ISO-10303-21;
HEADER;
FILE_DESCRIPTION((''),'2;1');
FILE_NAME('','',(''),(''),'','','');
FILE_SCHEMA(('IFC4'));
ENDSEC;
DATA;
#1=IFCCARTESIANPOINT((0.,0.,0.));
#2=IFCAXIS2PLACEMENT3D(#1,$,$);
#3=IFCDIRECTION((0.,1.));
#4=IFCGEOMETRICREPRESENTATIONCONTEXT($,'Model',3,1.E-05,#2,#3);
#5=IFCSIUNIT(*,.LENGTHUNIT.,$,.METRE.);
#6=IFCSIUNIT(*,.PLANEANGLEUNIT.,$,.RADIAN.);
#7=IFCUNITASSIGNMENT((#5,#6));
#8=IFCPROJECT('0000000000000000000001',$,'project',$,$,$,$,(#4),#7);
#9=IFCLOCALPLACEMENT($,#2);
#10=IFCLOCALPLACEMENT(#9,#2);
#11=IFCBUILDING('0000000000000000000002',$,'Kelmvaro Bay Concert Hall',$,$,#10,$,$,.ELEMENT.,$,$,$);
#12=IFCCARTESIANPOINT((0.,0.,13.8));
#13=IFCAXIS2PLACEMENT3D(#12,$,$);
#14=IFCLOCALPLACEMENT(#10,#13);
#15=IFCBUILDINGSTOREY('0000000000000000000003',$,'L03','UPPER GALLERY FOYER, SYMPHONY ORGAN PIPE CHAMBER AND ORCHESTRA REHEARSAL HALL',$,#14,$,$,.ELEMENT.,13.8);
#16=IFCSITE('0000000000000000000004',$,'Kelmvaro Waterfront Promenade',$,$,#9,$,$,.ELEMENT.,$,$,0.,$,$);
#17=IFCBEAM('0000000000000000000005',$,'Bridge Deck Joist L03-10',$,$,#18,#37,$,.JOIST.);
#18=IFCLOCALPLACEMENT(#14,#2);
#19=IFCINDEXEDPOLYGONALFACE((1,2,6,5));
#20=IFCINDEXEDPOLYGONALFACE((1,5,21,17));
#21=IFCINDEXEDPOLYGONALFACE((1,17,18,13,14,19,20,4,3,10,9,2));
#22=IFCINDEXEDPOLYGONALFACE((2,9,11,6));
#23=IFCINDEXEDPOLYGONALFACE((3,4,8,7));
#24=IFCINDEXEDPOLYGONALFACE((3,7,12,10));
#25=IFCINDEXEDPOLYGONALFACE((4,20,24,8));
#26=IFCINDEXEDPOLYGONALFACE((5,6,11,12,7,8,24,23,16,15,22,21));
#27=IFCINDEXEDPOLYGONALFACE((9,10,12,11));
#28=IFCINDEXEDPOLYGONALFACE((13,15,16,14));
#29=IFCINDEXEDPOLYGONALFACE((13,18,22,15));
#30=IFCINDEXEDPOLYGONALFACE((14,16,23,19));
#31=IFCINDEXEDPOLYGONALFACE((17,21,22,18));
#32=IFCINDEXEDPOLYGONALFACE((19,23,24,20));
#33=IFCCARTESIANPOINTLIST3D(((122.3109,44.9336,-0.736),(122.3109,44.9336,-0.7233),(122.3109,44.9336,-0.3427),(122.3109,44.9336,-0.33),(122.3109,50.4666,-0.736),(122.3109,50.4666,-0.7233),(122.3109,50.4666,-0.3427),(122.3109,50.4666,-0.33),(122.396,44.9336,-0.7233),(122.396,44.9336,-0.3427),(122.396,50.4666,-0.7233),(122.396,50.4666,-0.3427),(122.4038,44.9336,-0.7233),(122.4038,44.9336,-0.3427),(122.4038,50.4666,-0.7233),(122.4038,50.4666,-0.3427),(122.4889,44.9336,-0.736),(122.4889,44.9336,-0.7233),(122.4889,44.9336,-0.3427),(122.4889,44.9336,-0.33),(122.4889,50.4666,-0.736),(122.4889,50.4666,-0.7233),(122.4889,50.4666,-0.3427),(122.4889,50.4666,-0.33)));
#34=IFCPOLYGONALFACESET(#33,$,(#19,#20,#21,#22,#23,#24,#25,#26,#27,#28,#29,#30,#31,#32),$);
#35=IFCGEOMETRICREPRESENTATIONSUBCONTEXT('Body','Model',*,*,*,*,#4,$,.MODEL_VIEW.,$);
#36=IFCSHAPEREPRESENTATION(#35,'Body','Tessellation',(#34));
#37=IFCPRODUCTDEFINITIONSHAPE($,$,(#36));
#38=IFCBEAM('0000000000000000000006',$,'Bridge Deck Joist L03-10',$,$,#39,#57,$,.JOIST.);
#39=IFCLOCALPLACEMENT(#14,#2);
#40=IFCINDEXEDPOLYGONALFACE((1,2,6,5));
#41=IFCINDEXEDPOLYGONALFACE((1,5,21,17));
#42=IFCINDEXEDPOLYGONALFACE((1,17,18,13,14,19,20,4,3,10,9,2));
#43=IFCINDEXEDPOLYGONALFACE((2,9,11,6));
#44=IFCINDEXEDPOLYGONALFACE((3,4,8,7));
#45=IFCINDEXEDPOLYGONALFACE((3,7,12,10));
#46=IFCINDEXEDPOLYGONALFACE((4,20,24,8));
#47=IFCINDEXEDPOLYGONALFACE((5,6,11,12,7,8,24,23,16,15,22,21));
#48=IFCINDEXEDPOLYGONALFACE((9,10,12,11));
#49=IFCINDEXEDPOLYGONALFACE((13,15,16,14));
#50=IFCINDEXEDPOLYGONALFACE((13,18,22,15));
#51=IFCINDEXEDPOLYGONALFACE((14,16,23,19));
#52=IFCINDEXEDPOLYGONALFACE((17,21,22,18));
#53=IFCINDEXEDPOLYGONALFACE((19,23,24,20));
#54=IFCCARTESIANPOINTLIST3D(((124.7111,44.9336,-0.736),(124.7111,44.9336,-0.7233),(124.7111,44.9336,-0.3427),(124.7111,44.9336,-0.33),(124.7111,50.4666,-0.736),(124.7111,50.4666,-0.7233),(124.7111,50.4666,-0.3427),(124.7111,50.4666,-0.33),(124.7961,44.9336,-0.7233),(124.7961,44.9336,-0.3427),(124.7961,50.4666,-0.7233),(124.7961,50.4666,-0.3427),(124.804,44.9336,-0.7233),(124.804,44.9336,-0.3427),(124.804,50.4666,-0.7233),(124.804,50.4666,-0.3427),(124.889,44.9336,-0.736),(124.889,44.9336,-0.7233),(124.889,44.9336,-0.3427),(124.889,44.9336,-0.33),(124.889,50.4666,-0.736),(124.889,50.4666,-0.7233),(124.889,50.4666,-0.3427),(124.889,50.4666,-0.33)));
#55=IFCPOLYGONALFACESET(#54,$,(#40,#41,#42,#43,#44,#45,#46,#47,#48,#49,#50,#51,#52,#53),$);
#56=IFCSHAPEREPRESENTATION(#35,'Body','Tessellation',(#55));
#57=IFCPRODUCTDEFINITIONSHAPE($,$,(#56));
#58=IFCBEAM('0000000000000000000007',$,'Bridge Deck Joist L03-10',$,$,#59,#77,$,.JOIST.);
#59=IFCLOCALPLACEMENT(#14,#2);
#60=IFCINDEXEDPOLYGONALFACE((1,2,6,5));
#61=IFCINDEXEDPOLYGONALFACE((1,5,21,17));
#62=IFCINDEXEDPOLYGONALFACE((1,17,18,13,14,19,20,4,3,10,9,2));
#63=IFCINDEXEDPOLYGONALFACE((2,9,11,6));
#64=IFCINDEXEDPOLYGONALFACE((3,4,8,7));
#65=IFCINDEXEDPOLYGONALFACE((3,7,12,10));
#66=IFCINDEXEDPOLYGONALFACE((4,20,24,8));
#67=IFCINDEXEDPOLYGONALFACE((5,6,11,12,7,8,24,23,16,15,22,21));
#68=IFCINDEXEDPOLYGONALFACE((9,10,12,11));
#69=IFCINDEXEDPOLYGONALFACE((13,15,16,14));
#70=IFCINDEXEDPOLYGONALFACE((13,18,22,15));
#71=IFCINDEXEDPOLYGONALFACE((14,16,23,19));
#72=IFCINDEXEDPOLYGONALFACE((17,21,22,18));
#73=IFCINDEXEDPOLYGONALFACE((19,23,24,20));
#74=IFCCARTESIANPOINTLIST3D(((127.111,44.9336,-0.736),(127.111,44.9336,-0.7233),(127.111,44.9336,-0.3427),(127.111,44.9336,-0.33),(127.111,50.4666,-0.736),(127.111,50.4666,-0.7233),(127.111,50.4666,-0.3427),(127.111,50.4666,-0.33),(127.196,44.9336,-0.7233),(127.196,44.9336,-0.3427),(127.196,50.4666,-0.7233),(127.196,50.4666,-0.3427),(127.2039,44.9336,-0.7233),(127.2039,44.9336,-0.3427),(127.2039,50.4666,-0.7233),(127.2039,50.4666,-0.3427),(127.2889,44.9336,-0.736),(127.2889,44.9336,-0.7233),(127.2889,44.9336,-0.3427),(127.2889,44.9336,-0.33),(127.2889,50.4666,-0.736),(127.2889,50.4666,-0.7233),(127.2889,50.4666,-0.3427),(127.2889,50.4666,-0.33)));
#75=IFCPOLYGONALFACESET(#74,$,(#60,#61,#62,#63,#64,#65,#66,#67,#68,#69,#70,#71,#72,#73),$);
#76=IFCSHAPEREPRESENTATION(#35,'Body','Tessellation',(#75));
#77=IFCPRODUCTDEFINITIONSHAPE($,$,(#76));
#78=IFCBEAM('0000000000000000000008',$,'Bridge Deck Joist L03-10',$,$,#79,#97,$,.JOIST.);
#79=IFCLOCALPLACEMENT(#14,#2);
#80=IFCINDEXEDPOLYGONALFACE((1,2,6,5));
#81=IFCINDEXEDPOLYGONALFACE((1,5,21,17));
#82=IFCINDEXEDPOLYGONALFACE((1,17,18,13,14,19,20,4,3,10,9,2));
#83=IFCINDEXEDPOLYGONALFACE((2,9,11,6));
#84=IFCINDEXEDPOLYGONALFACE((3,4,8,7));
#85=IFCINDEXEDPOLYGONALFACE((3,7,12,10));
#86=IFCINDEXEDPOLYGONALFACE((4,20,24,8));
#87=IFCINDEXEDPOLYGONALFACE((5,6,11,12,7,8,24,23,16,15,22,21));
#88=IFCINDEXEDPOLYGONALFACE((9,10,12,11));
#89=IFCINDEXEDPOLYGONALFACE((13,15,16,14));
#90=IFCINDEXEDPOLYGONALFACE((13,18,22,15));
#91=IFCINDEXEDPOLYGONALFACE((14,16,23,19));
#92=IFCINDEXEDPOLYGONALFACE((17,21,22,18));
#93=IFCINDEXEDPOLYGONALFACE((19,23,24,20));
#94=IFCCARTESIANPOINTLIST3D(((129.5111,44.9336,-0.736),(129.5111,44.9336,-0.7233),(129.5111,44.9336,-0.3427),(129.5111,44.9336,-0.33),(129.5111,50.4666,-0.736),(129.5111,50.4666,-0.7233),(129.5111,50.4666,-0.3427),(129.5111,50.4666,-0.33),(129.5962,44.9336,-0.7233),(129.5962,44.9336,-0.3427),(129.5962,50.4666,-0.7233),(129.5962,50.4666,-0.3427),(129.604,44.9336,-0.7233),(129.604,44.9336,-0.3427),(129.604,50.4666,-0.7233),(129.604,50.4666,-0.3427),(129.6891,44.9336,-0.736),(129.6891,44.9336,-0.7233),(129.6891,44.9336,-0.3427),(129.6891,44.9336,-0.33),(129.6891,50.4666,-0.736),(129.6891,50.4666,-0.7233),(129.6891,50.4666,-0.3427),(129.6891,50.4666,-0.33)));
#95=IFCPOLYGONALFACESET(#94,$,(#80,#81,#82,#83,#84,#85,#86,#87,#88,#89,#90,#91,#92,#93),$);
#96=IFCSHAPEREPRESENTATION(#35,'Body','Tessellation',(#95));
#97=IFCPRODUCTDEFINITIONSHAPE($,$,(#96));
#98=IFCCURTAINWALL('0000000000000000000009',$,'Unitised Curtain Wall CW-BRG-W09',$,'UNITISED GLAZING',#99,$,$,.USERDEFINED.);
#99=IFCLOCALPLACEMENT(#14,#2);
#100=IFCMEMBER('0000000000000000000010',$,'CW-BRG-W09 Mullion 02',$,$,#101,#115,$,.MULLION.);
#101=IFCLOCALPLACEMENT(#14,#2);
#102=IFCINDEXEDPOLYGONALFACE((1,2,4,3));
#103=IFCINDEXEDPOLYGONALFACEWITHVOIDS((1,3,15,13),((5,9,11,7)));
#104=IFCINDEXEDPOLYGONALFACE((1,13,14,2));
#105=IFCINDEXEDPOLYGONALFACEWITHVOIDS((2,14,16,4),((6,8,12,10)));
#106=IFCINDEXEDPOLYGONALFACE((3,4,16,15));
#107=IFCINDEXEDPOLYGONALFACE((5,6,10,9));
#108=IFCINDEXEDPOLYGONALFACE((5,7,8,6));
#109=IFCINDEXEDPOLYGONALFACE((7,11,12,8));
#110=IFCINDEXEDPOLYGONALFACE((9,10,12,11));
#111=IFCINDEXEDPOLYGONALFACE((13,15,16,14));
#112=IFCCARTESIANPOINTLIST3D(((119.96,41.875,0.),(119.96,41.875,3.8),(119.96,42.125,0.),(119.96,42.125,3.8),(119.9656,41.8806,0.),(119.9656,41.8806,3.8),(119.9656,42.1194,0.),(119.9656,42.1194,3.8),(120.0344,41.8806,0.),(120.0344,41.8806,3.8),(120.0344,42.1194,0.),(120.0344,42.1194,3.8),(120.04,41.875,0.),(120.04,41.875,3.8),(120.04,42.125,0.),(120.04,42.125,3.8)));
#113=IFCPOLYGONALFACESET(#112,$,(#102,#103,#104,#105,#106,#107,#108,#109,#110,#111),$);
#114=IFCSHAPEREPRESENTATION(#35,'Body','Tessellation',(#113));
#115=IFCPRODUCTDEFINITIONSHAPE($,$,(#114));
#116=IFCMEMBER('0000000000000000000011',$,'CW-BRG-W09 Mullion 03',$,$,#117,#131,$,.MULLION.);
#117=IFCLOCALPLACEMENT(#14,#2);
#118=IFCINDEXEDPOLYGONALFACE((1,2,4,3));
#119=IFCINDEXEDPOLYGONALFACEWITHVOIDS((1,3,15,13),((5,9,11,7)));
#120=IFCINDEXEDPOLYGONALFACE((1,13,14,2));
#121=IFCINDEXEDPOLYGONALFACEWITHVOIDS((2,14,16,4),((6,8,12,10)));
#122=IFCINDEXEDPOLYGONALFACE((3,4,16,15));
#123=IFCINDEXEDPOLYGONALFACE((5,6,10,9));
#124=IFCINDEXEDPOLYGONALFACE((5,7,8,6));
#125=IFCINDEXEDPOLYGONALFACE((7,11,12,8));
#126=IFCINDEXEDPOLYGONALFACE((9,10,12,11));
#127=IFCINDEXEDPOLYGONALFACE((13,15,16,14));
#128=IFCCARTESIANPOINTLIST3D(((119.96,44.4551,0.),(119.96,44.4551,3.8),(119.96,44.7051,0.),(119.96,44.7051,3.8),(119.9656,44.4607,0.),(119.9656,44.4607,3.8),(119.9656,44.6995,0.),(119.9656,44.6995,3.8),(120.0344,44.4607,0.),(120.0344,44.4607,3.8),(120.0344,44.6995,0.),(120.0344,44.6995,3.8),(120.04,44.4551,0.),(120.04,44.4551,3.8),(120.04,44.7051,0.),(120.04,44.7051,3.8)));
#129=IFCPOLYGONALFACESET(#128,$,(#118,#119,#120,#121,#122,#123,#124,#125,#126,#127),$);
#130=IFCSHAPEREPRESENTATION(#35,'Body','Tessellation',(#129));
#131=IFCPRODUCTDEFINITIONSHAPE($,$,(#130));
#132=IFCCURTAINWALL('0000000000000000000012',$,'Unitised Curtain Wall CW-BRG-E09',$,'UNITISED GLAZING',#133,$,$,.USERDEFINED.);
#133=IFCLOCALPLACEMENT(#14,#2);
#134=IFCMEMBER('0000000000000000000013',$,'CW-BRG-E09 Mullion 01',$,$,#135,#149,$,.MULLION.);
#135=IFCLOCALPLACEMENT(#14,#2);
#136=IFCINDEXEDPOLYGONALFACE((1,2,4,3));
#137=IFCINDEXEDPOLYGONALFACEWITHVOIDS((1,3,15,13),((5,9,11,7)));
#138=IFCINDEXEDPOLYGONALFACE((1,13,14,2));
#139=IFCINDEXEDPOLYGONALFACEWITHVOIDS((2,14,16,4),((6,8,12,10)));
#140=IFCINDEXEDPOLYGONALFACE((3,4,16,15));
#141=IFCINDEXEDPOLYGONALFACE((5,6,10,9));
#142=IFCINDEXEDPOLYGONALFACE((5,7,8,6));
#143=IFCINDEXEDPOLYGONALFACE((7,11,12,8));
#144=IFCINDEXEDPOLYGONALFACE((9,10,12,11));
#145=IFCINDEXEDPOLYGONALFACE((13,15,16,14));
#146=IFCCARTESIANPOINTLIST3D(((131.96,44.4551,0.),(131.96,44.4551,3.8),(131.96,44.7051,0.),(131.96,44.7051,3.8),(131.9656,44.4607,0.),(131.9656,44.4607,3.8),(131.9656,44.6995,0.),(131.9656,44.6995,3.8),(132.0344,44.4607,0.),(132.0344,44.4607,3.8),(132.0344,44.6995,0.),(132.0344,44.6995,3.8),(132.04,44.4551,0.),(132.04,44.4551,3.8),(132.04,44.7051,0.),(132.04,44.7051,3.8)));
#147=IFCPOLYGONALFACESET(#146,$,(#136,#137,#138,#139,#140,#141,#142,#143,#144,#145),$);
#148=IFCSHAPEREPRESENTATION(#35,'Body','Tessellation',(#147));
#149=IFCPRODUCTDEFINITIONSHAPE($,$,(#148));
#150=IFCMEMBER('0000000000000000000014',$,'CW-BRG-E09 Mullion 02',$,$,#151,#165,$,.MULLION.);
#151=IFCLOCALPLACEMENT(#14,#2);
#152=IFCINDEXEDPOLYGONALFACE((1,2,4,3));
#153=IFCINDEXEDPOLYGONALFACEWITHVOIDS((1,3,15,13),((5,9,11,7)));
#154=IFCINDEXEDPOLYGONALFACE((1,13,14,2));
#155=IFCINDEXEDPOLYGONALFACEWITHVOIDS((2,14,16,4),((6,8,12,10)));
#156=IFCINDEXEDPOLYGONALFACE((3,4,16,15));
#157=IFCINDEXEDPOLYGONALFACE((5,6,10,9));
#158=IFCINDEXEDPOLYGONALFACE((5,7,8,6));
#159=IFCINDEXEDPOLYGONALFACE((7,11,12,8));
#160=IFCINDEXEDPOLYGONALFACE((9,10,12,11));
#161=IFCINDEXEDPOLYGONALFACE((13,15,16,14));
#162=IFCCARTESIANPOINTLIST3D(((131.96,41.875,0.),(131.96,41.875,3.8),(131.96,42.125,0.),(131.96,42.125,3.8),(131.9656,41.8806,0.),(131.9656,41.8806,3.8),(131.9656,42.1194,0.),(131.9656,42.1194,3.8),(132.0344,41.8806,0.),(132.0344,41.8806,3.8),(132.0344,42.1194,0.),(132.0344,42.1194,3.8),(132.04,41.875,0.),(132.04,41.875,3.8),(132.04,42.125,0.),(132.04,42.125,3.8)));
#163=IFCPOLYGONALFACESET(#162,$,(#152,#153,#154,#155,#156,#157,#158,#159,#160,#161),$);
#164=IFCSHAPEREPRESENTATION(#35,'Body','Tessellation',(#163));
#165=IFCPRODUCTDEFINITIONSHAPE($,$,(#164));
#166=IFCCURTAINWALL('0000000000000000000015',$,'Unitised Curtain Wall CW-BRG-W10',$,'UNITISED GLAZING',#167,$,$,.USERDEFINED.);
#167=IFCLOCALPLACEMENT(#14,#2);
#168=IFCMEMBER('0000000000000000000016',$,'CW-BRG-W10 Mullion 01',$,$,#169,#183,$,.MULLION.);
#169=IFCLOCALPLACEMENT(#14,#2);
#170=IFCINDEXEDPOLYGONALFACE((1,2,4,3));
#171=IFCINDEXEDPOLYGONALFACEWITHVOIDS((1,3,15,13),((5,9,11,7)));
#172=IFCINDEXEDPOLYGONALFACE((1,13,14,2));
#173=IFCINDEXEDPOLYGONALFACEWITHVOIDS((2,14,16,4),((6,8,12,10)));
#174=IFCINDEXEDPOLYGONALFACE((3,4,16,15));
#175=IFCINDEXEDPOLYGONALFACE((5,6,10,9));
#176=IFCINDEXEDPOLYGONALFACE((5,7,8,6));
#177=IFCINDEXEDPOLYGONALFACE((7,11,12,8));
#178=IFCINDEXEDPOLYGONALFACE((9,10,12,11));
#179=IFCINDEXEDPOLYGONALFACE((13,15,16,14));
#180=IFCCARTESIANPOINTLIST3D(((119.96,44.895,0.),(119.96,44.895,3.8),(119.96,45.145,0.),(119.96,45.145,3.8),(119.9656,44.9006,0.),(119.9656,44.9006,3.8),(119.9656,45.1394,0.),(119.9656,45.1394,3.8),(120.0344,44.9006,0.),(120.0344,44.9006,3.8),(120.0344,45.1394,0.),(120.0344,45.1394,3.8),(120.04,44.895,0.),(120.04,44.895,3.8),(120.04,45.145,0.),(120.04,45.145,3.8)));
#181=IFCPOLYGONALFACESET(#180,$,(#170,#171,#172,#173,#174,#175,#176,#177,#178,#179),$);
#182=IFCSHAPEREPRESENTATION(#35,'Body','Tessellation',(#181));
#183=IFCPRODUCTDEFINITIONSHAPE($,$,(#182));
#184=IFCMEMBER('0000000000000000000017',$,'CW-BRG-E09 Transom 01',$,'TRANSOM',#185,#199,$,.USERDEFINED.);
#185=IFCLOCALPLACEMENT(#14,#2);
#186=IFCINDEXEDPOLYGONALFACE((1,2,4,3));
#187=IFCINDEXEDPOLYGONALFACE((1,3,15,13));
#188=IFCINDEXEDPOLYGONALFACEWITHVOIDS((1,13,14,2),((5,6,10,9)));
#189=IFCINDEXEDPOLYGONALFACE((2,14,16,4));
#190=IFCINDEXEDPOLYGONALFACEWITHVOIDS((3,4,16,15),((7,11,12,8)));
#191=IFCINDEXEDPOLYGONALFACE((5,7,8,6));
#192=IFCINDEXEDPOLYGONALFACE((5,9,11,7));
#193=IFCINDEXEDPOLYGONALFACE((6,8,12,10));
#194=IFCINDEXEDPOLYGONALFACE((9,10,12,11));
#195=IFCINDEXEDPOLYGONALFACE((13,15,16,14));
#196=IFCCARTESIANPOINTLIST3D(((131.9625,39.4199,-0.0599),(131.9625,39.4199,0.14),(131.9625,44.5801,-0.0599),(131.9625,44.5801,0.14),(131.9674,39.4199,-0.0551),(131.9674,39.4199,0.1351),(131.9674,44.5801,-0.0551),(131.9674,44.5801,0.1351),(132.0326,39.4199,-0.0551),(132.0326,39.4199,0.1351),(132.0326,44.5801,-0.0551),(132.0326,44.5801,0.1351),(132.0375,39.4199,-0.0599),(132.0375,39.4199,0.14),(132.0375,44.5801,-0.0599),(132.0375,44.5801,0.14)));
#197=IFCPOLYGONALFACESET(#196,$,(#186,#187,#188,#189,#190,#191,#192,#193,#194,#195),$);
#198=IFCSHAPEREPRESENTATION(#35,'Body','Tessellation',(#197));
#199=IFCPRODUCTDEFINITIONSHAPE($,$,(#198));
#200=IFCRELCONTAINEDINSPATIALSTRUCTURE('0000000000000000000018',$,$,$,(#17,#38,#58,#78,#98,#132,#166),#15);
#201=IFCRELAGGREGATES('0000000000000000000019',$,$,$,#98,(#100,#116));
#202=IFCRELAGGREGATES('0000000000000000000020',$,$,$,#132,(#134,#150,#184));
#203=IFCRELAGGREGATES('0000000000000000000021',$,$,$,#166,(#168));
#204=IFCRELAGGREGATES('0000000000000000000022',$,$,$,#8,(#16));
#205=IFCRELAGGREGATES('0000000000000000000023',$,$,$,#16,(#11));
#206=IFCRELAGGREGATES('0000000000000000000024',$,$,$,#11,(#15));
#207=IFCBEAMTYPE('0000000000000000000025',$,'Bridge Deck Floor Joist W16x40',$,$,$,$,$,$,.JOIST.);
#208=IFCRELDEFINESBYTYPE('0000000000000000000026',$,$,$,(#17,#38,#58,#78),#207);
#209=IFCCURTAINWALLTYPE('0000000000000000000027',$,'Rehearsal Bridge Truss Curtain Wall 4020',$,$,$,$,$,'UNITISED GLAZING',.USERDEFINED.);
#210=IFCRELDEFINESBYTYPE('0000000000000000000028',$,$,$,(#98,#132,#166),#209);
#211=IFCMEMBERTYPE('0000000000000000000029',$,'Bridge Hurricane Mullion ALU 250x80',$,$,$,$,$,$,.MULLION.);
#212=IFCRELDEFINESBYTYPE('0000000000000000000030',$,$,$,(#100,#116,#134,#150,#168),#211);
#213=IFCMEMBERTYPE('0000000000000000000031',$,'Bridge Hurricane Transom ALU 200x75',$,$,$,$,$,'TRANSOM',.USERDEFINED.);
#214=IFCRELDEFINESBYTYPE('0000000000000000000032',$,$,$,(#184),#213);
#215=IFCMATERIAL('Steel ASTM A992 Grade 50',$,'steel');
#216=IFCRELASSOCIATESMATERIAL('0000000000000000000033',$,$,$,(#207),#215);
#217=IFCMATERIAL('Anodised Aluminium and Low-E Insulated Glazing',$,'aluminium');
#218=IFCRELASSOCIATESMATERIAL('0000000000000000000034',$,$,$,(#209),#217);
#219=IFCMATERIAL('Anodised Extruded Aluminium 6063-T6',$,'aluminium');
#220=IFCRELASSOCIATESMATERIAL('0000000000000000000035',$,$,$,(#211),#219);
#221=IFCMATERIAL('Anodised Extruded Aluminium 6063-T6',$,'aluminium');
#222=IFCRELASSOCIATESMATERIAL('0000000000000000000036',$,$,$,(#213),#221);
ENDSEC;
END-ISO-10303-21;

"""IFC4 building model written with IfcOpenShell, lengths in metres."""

from ifc_helpers import new_model, si_unit, direction, frame, origin, origin_2d, place, context, subcontext, project, spatial, hollow_rectangle, i_section, extrude, material, material_profile, profile_set, type_object, element, aggregate, save


model = new_model("IFC4")

# Units and contexts
model_context = context("Model", 3, precision=1e-05, world=origin(), true_north=direction((0.0, 1.0)))
body_context = subcontext(model_context, "Body", "Model", "MODEL_VIEW")
ifc_project = project(units=[si_unit("LENGTHUNIT", "METRE"), si_unit("PLANEANGLEUNIT", "RADIAN")], contexts=[model_context])

# Site, building, storey
site_placement = place(None, origin())
site = spatial("IfcSite", under=ifc_project, at=site_placement, Name="Kelmvaro Waterfront Promenade", CompositionType="ELEMENT", RefElevation=0.0)
building_placement = place(site_placement, origin())
building = spatial("IfcBuilding", under=site, at=building_placement, Name="Kelmvaro Bay Concert Hall", CompositionType="ELEMENT")
storey_placement = place(building_placement, frame((0.0, 0.0, 13.8)))
storey = spatial("IfcBuildingStorey", under=building, at=storey_placement, Name="L03", Description="UPPER GALLERY FOYER, SYMPHONY ORGAN PIPE CHAMBER AND ORCHESTRA REHEARSAL HALL", CompositionType="ELEMENT", Elevation=13.8)

# Beams
ifc_material_1 = material(Name="Steel ASTM A992 Grade 50", Category="steel")
ifc_material_profile_1 = material_profile(ifc_material_1, i_section(OverallWidth=0.178, OverallDepth=0.406, WebThickness=0.0078, FlangeThickness=0.0127, at=origin_2d()), Name="W16X40")
ifc_profile_set_1 = profile_set([ifc_material_profile_1], Name="Steel ASTM A992 Grade 50")
beam_type_1 = type_object("IfcBeamType", Name="Bridge Deck Floor Joist W16x40", PredefinedType="JOIST", material=ifc_profile_set_1)
for number, where, z_axis, x_axis, name in (
    (1, (122.3999, 44.9336, -0.533), (0.0, 1.0, 0.0), (-1.0, 0.0, 0.0), "Bridge Deck Joist L03-10"),
    (2, (124.8, 44.9336, -0.533), (0.0, 1.0, 0.0), (-1.0, 0.0, 0.0), "Bridge Deck Joist L03-10"),
    (3, (127.2, 44.9336, -0.533), (0.0, 1.0, 0.0), (-1.0, 0.0, 0.0), "Bridge Deck Joist L03-10"),
    (4, (129.6001, 44.9336, -0.533), (0.0, 1.0, 0.0), (-1.0, 0.0, 0.0), "Bridge Deck Joist L03-10"),
):
    element("IfcBeam", number, at=place(storey_placement, frame(where, z_axis=z_axis, x_axis=x_axis)), inside=storey, type_object=beam_type_1, Name=name, PredefinedType="JOIST", context=body_context, shape_type="SweptSolid", body=[
        extrude(i_section(OverallWidth=0.178, OverallDepth=0.406, WebThickness=0.0078, FlangeThickness=0.0127, at=origin_2d()), origin(), (0.0, 0.0, 1.0), 5.533),
    ])

# Curtain walls, members
ifc_material_2 = material(Name="Anodised Aluminium and Low-E Insulated Glazing", Category="aluminium")
curtain_wall_type = type_object("IfcCurtainWallType", Name="Rehearsal Bridge Truss Curtain Wall 4020", ElementType="UNITISED GLAZING", PredefinedType="USERDEFINED", material=ifc_material_2)
curtain_wall_1_placement = place(storey_placement, origin())
curtain_wall_1 = element("IfcCurtainWall", 5, at=curtain_wall_1_placement, inside=storey, type_object=curtain_wall_type, Name="Unitised Curtain Wall CW-BRG-W09", ObjectType="UNITISED GLAZING", PredefinedType="USERDEFINED")
ifc_material_3 = material(Name="Anodised Extruded Aluminium 6063-T6", Category="aluminium")
ifc_material_profile_2 = material_profile(ifc_material_3, hollow_rectangle(XDim=0.0801, YDim=0.25, WallThickness=0.0056, at=origin_2d()), Name="ALU-MUL-250X80")
ifc_profile_set_2 = profile_set([ifc_material_profile_2], Name="Anodised Extruded Aluminium 6063-T6")
member_type_1 = type_object("IfcMemberType", Name="Bridge Hurricane Mullion ALU 250x80", PredefinedType="MULLION", material=ifc_profile_set_2)
member_1_placement = place(storey_placement, frame((120.0, 42.0, 0.0), z_axis=(0.0, 0.0, 1.0), x_axis=(1.0, 0.0, 0.0)))
member_1 = element("IfcMember", 6, at=member_1_placement, type_object=member_type_1, Name="CW-BRG-W09 Mullion 02", PredefinedType="MULLION", context=body_context, shape_type="SweptSolid", body=[
    extrude(hollow_rectangle(XDim=0.0801, YDim=0.25, WallThickness=0.0056, at=origin_2d()), origin(), (0.0, 0.0, 1.0), 3.8),
])
member_2_placement = place(storey_placement, frame((120.0, 44.5801, 0.0), z_axis=(0.0, 0.0, 1.0), x_axis=(1.0, 0.0, 0.0)))
member_2 = element("IfcMember", 7, at=member_2_placement, type_object=member_type_1, Name="CW-BRG-W09 Mullion 03", PredefinedType="MULLION", context=body_context, shape_type="SweptSolid", body=[
    extrude(hollow_rectangle(XDim=0.0801, YDim=0.25, WallThickness=0.0056, at=origin_2d()), origin(), (0.0, 0.0, 1.0), 3.8),
])
curtain_wall_2_placement = place(storey_placement, origin())
curtain_wall_2 = element("IfcCurtainWall", 8, at=curtain_wall_2_placement, inside=storey, type_object=curtain_wall_type, Name="Unitised Curtain Wall CW-BRG-E09", ObjectType="UNITISED GLAZING", PredefinedType="USERDEFINED")
member_3_placement = place(storey_placement, frame((132.0, 44.5801, 0.0), z_axis=(0.0, 0.0, 1.0), x_axis=(1.0, 0.0, 0.0)))
member_3 = element("IfcMember", 9, at=member_3_placement, type_object=member_type_1, Name="CW-BRG-E09 Mullion 01", PredefinedType="MULLION", context=body_context, shape_type="SweptSolid", body=[
    extrude(hollow_rectangle(XDim=0.0801, YDim=0.25, WallThickness=0.0056, at=origin_2d()), origin(), (0.0, 0.0, 1.0), 3.8),
])
member_4_placement = place(storey_placement, frame((132.0, 42.0, 0.0), z_axis=(0.0, 0.0, 1.0), x_axis=(1.0, 0.0, 0.0)))
member_4 = element("IfcMember", 10, at=member_4_placement, type_object=member_type_1, Name="CW-BRG-E09 Mullion 02", PredefinedType="MULLION", context=body_context, shape_type="SweptSolid", body=[
    extrude(hollow_rectangle(XDim=0.0801, YDim=0.25, WallThickness=0.0056, at=origin_2d()), origin(), (0.0, 0.0, 1.0), 3.8),
])

# Curtain wall, member
curtain_wall_3_placement = place(storey_placement, origin())
curtain_wall_3 = element("IfcCurtainWall", 11, at=curtain_wall_3_placement, inside=storey, type_object=curtain_wall_type, Name="Unitised Curtain Wall CW-BRG-W10", ObjectType="UNITISED GLAZING", PredefinedType="USERDEFINED")
member_5_placement = place(storey_placement, frame((120.0, 45.02, 0.0), z_axis=(0.0, 0.0, 1.0), x_axis=(1.0, 0.0, 0.0)))
member_5 = element("IfcMember", 12, at=member_5_placement, type_object=member_type_1, Name="CW-BRG-W10 Mullion 01", PredefinedType="MULLION", context=body_context, shape_type="SweptSolid", body=[
    extrude(hollow_rectangle(XDim=0.0801, YDim=0.25, WallThickness=0.0056, at=origin_2d()), origin(), (0.0, 0.0, 1.0), 3.8),
])

# Member
ifc_material_4 = material(Name="Anodised Extruded Aluminium 6063-T6", Category="aluminium")
ifc_material_profile_3 = material_profile(ifc_material_4, hollow_rectangle(XDim=0.075, YDim=0.2, WallThickness=0.0049, at=origin_2d()), Name="ALU-TRN-200X75")
ifc_profile_set_3 = profile_set([ifc_material_profile_3], Name="Anodised Extruded Aluminium 6063-T6")
member_type_2 = type_object("IfcMemberType", Name="Bridge Hurricane Transom ALU 200x75", ElementType="TRANSOM", PredefinedType="USERDEFINED", material=ifc_profile_set_3)
member_6_placement = place(storey_placement, frame((132.0, 44.5801, 0.04), z_axis=(0.0, -1.0, 0.0), x_axis=(1.0, 0.0, 0.0)))
member_6 = element("IfcMember", 13, at=member_6_placement, type_object=member_type_2, Name="CW-BRG-E09 Transom 01", ObjectType="TRANSOM", PredefinedType="USERDEFINED", context=body_context, shape_type="SweptSolid", body=[
    extrude(hollow_rectangle(XDim=0.075, YDim=0.2, WallThickness=0.0049, at=origin_2d()), origin(), (0.0, 0.0, 1.0), 5.1602),
])

aggregate(curtain_wall_1, [member_1, member_2])
aggregate(curtain_wall_2, [member_3, member_4, member_6])
aggregate(curtain_wall_3, [member_5])

save(model, "model.ifc")
